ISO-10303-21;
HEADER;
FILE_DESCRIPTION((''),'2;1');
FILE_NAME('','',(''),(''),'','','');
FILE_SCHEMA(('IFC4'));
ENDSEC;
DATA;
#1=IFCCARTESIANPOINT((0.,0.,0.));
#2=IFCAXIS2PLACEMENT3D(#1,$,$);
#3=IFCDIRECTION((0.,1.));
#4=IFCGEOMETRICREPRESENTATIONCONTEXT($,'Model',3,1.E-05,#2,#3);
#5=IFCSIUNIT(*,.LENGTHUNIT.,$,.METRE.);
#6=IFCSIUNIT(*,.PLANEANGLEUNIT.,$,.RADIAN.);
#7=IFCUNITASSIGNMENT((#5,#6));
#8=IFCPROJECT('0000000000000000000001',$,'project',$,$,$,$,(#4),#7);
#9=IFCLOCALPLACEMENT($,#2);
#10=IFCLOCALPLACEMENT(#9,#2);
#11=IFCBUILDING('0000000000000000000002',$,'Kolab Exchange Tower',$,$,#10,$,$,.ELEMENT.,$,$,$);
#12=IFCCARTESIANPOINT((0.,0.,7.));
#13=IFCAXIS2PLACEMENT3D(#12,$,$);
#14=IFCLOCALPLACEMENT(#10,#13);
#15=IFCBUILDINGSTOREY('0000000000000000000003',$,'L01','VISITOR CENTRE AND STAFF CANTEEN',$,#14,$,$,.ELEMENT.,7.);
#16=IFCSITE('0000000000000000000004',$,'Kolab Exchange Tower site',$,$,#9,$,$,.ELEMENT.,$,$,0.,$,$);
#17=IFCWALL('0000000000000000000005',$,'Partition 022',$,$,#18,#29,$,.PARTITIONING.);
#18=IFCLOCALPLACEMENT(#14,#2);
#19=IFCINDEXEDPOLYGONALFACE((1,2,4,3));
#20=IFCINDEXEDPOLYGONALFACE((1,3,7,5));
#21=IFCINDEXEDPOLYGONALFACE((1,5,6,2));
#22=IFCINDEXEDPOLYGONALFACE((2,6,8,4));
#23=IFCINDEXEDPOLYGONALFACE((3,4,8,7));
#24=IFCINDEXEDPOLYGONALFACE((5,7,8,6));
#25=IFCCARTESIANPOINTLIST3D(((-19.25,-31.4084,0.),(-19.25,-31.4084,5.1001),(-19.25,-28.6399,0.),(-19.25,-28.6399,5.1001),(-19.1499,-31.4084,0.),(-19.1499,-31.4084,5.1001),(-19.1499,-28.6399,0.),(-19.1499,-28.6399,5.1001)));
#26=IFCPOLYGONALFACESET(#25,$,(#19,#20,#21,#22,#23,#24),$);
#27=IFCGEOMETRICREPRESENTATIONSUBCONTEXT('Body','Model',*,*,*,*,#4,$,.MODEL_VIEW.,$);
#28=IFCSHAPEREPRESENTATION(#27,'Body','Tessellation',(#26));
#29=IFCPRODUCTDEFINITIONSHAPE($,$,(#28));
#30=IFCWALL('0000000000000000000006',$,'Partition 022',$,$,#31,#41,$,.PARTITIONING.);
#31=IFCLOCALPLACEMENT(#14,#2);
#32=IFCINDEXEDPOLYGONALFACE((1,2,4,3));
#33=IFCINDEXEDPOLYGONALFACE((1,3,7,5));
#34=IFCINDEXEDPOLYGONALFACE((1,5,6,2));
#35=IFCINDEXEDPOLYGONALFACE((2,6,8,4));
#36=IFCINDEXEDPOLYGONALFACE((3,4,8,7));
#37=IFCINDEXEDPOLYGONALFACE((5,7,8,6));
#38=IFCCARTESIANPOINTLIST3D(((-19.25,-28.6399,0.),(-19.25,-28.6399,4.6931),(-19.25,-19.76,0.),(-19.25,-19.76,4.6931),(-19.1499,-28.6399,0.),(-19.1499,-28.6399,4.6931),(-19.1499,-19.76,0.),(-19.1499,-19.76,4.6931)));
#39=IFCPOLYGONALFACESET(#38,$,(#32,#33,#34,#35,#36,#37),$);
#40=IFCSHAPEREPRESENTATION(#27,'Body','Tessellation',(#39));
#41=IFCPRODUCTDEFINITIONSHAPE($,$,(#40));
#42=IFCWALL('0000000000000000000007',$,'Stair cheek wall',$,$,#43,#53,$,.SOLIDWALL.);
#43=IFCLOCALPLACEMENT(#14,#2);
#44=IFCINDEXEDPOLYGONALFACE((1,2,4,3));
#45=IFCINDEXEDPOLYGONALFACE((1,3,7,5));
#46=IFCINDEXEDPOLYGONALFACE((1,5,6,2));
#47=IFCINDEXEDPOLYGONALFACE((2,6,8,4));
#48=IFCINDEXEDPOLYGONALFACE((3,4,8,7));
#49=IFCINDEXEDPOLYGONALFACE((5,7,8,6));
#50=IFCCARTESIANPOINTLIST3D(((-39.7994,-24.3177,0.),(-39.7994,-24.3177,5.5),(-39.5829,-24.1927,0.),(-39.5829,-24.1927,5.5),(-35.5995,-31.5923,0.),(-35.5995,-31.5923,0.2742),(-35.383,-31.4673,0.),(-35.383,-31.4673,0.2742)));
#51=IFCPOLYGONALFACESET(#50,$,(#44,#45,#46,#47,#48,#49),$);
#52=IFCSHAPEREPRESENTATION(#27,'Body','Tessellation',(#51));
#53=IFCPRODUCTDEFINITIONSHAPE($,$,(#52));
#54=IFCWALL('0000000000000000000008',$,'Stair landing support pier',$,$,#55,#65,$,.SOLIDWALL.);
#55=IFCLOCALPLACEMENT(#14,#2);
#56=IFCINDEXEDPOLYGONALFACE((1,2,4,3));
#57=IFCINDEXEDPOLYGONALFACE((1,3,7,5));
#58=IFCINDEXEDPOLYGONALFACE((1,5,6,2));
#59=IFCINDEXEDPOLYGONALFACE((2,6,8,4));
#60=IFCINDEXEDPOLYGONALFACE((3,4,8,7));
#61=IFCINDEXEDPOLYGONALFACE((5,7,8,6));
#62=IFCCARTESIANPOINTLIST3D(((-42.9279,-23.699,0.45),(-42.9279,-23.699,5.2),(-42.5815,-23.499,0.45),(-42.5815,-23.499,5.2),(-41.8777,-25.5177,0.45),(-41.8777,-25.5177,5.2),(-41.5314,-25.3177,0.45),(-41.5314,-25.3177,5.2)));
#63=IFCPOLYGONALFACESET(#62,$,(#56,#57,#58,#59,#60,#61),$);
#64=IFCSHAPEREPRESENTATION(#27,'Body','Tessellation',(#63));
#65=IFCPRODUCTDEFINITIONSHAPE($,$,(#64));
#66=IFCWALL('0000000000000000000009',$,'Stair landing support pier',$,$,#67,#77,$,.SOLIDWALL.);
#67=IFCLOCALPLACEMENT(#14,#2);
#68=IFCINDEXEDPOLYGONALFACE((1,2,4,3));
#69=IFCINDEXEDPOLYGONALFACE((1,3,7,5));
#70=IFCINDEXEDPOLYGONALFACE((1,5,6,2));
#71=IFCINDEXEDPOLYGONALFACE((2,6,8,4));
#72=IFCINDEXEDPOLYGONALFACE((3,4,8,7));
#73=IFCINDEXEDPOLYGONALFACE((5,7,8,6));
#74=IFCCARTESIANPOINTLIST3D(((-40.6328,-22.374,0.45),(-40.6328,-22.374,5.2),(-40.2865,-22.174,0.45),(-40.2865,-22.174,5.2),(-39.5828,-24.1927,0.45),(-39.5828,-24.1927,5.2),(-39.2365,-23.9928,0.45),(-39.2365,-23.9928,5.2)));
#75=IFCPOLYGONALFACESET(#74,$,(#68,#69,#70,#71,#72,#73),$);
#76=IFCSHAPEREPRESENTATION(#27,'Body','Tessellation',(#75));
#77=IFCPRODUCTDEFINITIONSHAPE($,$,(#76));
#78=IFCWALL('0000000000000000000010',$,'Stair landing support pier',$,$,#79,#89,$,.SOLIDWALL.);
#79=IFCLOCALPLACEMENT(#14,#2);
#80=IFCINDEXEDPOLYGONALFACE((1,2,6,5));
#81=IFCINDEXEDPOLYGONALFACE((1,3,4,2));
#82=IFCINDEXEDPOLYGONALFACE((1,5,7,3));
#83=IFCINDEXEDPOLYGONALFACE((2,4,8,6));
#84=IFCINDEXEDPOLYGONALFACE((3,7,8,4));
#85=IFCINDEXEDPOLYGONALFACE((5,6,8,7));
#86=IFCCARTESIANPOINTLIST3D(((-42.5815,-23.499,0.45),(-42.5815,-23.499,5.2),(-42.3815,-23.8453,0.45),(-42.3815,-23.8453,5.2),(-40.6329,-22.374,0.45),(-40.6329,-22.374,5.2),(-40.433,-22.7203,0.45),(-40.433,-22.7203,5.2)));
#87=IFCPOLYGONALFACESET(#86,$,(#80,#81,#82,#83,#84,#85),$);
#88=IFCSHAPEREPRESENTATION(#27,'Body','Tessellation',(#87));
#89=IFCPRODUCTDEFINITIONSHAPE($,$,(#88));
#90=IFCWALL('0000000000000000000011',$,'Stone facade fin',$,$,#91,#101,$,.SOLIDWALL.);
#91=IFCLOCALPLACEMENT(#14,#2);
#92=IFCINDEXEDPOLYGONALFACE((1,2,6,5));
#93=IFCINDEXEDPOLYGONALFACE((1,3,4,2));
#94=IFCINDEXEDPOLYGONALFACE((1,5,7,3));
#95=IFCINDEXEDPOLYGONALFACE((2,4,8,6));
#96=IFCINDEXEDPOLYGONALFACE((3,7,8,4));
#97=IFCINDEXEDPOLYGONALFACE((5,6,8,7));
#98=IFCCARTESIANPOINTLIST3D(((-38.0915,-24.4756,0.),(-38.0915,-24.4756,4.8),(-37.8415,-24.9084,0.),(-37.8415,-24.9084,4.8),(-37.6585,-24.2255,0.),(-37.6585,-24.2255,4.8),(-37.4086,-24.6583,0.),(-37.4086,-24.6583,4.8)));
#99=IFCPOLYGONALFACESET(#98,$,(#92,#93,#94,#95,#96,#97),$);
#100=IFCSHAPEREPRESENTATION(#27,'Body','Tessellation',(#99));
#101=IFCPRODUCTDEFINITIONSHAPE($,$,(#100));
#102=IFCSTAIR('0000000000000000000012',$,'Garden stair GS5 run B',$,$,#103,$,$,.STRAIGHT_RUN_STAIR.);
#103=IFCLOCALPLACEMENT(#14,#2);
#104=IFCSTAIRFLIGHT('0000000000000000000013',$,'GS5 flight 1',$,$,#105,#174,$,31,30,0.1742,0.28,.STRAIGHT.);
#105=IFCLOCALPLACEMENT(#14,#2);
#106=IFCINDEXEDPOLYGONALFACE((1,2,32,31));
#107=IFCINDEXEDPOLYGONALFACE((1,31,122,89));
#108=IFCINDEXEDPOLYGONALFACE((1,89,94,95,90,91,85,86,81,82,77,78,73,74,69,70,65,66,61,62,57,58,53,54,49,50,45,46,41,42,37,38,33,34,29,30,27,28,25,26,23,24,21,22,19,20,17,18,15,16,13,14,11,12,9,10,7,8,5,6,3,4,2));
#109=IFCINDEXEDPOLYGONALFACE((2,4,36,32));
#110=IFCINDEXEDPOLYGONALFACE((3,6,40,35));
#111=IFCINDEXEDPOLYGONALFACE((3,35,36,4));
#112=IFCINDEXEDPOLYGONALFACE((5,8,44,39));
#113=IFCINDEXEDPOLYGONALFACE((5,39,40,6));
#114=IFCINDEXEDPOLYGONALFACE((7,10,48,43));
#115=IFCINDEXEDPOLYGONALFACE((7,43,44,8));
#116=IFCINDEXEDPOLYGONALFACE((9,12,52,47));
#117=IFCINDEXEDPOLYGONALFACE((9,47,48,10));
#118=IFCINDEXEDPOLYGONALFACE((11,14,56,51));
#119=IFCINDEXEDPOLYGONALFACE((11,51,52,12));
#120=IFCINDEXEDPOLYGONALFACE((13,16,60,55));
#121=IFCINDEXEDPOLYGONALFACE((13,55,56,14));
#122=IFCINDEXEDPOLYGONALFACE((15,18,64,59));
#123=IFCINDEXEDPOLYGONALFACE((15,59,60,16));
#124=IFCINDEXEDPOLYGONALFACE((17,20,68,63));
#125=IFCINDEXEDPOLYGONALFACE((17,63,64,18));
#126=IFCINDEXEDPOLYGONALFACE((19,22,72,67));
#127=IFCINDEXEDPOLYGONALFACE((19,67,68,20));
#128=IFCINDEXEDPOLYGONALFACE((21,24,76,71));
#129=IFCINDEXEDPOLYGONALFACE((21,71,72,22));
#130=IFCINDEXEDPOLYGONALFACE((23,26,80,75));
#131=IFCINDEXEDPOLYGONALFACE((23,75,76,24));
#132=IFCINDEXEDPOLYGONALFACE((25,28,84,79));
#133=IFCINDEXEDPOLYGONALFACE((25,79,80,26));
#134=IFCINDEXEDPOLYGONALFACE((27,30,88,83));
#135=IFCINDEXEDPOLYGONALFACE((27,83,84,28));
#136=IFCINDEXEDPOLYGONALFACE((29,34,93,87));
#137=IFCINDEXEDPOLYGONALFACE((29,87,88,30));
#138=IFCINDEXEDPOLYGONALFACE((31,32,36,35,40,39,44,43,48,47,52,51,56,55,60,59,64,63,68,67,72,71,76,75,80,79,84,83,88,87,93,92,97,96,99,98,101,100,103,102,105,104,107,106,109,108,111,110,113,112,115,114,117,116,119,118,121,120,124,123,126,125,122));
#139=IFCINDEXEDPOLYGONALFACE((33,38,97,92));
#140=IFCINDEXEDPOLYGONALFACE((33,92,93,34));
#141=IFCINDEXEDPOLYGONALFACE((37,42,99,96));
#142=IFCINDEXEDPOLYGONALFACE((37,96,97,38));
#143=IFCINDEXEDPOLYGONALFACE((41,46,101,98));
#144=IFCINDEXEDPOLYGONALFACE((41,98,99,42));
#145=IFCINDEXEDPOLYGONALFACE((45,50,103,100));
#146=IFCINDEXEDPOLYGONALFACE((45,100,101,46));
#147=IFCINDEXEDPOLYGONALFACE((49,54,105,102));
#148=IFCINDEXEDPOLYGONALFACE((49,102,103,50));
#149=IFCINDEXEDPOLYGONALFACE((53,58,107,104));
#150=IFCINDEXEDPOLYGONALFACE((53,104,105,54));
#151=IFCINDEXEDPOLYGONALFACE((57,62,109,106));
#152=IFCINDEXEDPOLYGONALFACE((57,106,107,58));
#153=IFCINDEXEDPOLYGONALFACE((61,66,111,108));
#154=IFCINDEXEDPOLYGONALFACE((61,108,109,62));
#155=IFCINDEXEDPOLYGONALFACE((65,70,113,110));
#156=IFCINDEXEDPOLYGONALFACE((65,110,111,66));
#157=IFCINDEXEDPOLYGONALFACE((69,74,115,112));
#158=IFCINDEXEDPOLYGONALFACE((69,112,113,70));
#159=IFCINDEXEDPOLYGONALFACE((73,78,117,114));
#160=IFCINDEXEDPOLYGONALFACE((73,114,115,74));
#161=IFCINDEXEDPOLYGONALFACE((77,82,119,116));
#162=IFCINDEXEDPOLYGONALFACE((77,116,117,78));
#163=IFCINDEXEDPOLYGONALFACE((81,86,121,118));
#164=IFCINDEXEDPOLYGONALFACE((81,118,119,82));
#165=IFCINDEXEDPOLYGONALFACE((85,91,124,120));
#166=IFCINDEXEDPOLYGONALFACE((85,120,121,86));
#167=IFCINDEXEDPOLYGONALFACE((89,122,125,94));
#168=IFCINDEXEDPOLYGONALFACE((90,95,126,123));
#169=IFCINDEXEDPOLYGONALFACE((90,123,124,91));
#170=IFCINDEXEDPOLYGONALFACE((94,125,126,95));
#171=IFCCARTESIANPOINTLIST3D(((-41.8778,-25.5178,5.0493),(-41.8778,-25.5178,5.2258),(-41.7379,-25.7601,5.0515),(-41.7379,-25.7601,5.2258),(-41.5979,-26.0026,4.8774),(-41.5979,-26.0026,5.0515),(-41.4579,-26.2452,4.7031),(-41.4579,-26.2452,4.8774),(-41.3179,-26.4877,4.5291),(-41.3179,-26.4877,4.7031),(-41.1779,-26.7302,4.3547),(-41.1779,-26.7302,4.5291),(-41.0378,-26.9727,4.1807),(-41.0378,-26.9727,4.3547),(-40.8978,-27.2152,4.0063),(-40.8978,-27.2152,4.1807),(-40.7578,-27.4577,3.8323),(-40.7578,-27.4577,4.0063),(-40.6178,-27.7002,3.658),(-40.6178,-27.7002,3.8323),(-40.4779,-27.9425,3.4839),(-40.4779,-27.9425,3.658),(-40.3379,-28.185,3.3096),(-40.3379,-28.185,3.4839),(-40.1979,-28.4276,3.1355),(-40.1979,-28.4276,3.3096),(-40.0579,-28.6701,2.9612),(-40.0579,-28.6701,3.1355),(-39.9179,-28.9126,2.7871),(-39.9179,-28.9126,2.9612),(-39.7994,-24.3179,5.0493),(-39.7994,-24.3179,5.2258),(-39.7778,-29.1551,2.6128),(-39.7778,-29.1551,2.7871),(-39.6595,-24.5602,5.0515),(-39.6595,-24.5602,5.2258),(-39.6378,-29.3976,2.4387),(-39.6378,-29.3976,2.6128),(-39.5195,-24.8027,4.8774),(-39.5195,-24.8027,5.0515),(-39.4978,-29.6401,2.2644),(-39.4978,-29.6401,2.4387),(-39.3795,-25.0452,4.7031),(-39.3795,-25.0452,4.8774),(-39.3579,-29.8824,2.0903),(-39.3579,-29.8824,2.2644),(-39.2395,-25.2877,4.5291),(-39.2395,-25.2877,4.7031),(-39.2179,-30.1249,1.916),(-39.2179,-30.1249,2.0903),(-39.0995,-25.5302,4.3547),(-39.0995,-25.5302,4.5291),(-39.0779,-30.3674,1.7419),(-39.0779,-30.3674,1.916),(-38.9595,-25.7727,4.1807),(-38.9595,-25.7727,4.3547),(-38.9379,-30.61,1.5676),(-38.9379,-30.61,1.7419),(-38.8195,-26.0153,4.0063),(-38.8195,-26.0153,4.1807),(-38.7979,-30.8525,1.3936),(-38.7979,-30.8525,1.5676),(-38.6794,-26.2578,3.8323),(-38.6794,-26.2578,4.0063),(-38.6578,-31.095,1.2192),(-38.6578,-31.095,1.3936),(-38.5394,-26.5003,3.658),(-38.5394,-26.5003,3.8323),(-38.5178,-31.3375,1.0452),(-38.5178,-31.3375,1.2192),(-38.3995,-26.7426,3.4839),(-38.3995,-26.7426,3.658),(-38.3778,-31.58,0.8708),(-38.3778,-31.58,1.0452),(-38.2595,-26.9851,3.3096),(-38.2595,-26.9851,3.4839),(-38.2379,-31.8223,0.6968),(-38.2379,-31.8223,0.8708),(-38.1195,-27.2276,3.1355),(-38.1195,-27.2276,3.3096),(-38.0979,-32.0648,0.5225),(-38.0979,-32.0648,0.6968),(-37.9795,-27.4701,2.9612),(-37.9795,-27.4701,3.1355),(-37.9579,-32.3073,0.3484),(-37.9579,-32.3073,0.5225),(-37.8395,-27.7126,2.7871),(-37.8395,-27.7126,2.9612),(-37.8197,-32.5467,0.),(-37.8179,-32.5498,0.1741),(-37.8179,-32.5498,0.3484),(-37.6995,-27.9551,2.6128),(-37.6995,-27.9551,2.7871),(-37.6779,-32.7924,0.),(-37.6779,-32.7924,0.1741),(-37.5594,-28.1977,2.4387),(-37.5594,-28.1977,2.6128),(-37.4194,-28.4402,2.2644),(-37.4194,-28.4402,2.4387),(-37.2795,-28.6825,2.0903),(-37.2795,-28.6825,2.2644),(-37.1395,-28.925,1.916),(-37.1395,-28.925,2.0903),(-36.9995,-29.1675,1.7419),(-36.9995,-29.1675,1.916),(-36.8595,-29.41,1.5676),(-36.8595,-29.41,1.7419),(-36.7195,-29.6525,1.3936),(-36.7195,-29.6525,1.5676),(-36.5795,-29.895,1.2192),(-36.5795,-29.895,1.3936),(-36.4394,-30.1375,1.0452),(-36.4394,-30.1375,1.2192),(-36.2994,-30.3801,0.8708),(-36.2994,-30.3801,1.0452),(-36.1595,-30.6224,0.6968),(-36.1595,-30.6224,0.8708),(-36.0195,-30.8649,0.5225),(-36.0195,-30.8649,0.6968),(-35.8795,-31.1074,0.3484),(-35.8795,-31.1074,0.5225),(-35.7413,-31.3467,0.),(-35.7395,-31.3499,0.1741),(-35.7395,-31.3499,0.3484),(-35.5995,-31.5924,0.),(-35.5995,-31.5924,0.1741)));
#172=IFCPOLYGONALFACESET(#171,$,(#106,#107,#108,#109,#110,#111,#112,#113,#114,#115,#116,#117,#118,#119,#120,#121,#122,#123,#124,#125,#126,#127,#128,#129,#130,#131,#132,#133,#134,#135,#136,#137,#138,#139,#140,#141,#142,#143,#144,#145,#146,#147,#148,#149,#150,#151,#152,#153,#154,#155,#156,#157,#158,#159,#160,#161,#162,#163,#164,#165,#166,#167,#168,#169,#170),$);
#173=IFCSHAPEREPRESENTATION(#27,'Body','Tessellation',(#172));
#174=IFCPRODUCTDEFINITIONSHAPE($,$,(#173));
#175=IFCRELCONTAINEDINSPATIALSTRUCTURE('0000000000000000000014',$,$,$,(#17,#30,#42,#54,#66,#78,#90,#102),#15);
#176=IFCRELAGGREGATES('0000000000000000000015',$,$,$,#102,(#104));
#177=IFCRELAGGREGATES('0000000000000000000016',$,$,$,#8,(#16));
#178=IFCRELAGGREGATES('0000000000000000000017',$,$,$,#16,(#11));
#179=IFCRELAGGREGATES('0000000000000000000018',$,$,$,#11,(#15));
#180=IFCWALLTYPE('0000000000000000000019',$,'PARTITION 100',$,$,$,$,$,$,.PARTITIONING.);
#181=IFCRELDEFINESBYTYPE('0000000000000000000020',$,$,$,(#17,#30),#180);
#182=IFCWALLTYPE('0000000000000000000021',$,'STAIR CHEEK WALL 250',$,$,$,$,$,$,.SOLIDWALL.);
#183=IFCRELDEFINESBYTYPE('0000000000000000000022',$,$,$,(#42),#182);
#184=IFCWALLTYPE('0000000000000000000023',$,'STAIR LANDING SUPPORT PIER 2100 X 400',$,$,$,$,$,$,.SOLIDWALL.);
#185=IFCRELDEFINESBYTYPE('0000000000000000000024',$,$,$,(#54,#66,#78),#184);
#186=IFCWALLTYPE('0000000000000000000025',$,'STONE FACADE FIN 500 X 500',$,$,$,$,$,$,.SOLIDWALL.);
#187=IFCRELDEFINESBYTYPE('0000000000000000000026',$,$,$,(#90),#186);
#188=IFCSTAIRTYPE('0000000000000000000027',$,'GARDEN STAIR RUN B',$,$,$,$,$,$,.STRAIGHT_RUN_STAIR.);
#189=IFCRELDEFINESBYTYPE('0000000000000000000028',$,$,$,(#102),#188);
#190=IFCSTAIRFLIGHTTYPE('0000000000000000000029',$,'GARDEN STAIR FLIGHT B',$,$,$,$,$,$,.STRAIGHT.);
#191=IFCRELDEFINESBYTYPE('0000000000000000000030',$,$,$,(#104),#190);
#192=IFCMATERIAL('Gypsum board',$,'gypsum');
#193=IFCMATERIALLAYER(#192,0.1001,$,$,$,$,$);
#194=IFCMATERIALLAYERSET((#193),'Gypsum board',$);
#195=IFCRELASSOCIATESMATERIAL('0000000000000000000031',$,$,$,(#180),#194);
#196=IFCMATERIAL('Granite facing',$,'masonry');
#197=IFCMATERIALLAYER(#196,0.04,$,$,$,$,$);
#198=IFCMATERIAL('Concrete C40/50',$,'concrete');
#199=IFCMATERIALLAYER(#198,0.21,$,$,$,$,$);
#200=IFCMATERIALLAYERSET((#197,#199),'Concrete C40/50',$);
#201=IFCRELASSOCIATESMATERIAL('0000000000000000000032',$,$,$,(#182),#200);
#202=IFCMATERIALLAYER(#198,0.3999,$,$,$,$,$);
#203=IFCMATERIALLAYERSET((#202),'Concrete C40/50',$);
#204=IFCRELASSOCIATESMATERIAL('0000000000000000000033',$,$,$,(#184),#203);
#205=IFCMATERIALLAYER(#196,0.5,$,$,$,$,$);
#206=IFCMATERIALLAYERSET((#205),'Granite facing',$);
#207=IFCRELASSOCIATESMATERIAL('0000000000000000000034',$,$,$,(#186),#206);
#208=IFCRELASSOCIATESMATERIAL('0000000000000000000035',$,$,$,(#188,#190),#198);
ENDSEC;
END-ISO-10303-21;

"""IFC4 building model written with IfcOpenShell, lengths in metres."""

from ifc_helpers import new_model, si_unit, direction, frame, frame_2d, origin, place, context, subcontext, project, spatial, polyline, rectangle, outline, extrude, material, layer, layer_set, type_object, element, aggregate, save


model = new_model("IFC4")

# Units and contexts
model_context = context("Model", 3, precision=1e-05, world=origin(), true_north=direction((0.0, 1.0)))
body_context = subcontext(model_context, "Body", "Model", "MODEL_VIEW")
ifc_project = project(units=[si_unit("LENGTHUNIT", "METRE"), si_unit("PLANEANGLEUNIT", "RADIAN")], contexts=[model_context])

# Site, building, storey
site_placement = place(None, origin())
site = spatial("IfcSite", under=ifc_project, at=site_placement, Name="Kolab Exchange Tower site", CompositionType="ELEMENT", RefElevation=0.0)
building_placement = place(site_placement, origin())
building = spatial("IfcBuilding", under=site, at=building_placement, Name="Kolab Exchange Tower", CompositionType="ELEMENT")
storey_placement = place(building_placement, frame((0.0, 0.0, 7.0)))
storey = spatial("IfcBuildingStorey", under=building, at=storey_placement, Name="L01", Description="VISITOR CENTRE AND STAFF CANTEEN", CompositionType="ELEMENT", Elevation=7.0)

# Walls
ifc_material_1 = material(Name="Gypsum board", Category="gypsum")
ifc_layer_1 = layer(ifc_material_1, 0.1001)
ifc_layer_set_1 = layer_set([ifc_layer_1], Name="Gypsum board")
wall_type_1 = type_object("IfcWallType", Name="PARTITION 100", PredefinedType="PARTITIONING", material=ifc_layer_set_1)
wall_1_placement = place(storey_placement, frame((-19.2, -31.4084, 0.0), z_axis=(0.0, 0.0, 1.0), x_axis=(0.0, 1.0, 0.0)))
element("IfcWall", 1, at=wall_1_placement, inside=storey, type_object=wall_type_1, Name="Partition 022", PredefinedType="PARTITIONING", context=body_context, shape_type="SweptSolid", body=[
    extrude(rectangle(XDim=2.7686, YDim=0.1001, at=frame_2d((1.3843, 0.0))), origin(), (0.0, 0.0, 1.0), 5.1001),
])
wall_2_placement = place(storey_placement, frame((-19.2, -28.6399, 0.0), z_axis=(0.0, 0.0, 1.0), x_axis=(0.0, 1.0, 0.0)))
element("IfcWall", 2, at=wall_2_placement, inside=storey, type_object=wall_type_1, Name="Partition 022", PredefinedType="PARTITIONING", context=body_context, shape_type="SweptSolid", body=[
    extrude(rectangle(XDim=8.8799, YDim=0.1001, at=frame_2d((4.4399, 0.0))), origin(), (0.0, 0.0, 1.0), 4.6931),
])
ifc_material_2 = material(Name="Granite facing", Category="masonry")
ifc_layer_2 = layer(ifc_material_2, 0.04)
ifc_material_3 = material(Name="Concrete C40/50", Category="concrete")
ifc_layer_3 = layer(ifc_material_3, 0.21)
ifc_layer_set_2 = layer_set([ifc_layer_2, ifc_layer_3], Name="Concrete C40/50")
wall_type_2 = type_object("IfcWallType", Name="STAIR CHEEK WALL 250", PredefinedType="SOLIDWALL", material=ifc_layer_set_2)
wall_3_placement = place(storey_placement, frame((-35.4912, -31.5298, 0.0), z_axis=(0.0, 0.0, 1.0), x_axis=(-0.499993, 0.866029, 0.0)))
element("IfcWall", 3, at=wall_3_placement, inside=storey, type_object=wall_type_2, Name="Stair cheek wall", PredefinedType="SOLIDWALL", context=body_context, shape_type="SweptSolid", body=[
    extrude(outline(polyline([(0.0, 0.0), (8.3999, 0.0), (8.3999, 5.5), (0.0, 0.2742), (0.0, 0.0)])), frame((0.0, 0.125, 0.0), z_axis=(0.0, -1.0, 0.0), x_axis=(1.0, 0.0, 0.0)), (0.0, 0.0, 1.0), 0.25),
])
ifc_layer_4 = layer(ifc_material_3, 0.3999)
ifc_layer_set_3 = layer_set([ifc_layer_4], Name="Concrete C40/50")
wall_type_3 = type_object("IfcWallType", Name="STAIR LANDING SUPPORT PIER 2100 X 400", PredefinedType="SOLIDWALL", material=ifc_layer_set_3)
for number, where, z_axis, x_axis, name in (
    (4, (-41.7046, -25.4177, 0.45), (0.0, 0.0, 1.0), (-0.500028, 0.866009, 0.0), "Stair landing support pier"),
    (5, (-39.4097, -24.0928, 0.45), (0.0, 0.0, 1.0), (-0.499977, 0.866038, 0.0), "Stair landing support pier"),
):
    element("IfcWall", number, at=place(storey_placement, frame(where, z_axis=z_axis, x_axis=x_axis)), inside=storey, type_object=wall_type_3, Name=name, PredefinedType="SOLIDWALL", context=body_context, shape_type="SweptSolid", body=[
        extrude(rectangle(XDim=2.1001, YDim=0.3999, at=frame_2d((1.05, 0.0))), origin(), (0.0, 0.0, 1.0), 4.75),
    ])
wall_4_placement = place(storey_placement, frame((-40.533, -22.5471, 0.45), z_axis=(0.0, 0.0, 1.0), x_axis=(-0.866018, -0.500014, 0.0)))
element("IfcWall", 6, at=wall_4_placement, inside=storey, type_object=wall_type_3, Name="Stair landing support pier", PredefinedType="SOLIDWALL", context=body_context, shape_type="SweptSolid", body=[
    extrude(rectangle(XDim=2.25, YDim=0.3999, at=frame_2d((1.125, 0.0))), origin(), (0.0, 0.0, 1.0), 4.75),
])
ifc_layer_5 = layer(ifc_material_2, 0.5)
ifc_layer_set_4 = layer_set([ifc_layer_5], Name="Granite facing")
wall_type_4 = type_object("IfcWallType", Name="STONE FACADE FIN 500 X 500", PredefinedType="SOLIDWALL", material=ifc_layer_set_4)
wall_5_placement = place(storey_placement, frame((-37.625, -24.7834, 0.0), z_axis=(0.0, 0.0, 1.0), x_axis=(-0.500131, 0.86595, 0.0)))
element("IfcWall", 7, at=wall_5_placement, inside=storey, type_object=wall_type_4, Name="Stone facade fin", PredefinedType="SOLIDWALL", context=body_context, shape_type="SweptSolid", body=[
    extrude(rectangle(XDim=0.4998, YDim=0.5, at=frame_2d((0.25, 0.0))), origin(), (0.0, 0.0, 1.0), 4.8),
])

# Stair, stair flight
stair_type = type_object("IfcStairType", Name="GARDEN STAIR RUN B", PredefinedType="STRAIGHT_RUN_STAIR", material=ifc_material_3)
stair_placement = place(storey_placement, origin())
stair = element("IfcStair", 8, at=stair_placement, inside=storey, type_object=stair_type, Name="Garden stair GS5 run B", PredefinedType="STRAIGHT_RUN_STAIR")
stair_flight_type = type_object("IfcStairFlightType", Name="GARDEN STAIR FLIGHT B", PredefinedType="STRAIGHT", material=ifc_material_3)
stair_flight_placement = place(storey_placement, frame((-36.6387, -32.1924, 0.0), z_axis=(0.0, 0.0, 1.0), x_axis=(-0.5, 0.866025, 0.0)))
stair_flight = element("IfcStairFlight", 9, at=stair_flight_placement, type_object=stair_flight_type, Name="GS5 flight 1", NumberOfRisers=31, NumberOfTreads=30, PredefinedType="STRAIGHT", RiserHeight=0.1742, TreadLength=0.28, context=body_context, shape_type="SweptSolid", body=[
    extrude(outline(polyline([(0.0, 0.0), (0.0, 0.1741), (0.28, 0.1741), (0.28, 0.3484), (0.5601, 0.3484), (0.5601, 0.5225), (0.8401, 0.5225), (0.8401, 0.6968), (1.1201, 0.6968), (1.1201, 0.8708), (1.3999, 0.8708), (1.3999, 1.0452), (1.6799, 1.0452), (1.6799, 1.2192), (1.96, 1.2192), (1.96, 1.3936), (2.24, 1.3936), (2.24, 1.5676), (2.52, 1.5676), (2.52, 1.7419), (2.8, 1.7419), (2.8, 1.916), (3.0801, 1.916), (3.0801, 2.0903), (3.3601, 2.0903), (3.3601, 2.2644), (3.6399, 2.2644), (3.6399, 2.4387), (3.9199, 2.4387), (3.9199, 2.6128), (4.2, 2.6128), (4.2, 2.7871), (4.48, 2.7871), (4.48, 2.9612), (4.76, 2.9612), (4.76, 3.1355), (5.04, 3.1355), (5.04, 3.3096), (5.3201, 3.3096), (5.3201, 3.4839), (5.6001, 3.4839), (5.6001, 3.658), (5.8799, 3.658), (5.8799, 3.8323), (6.1599, 3.8323), (6.1599, 4.0063), (6.4399, 4.0063), (6.4399, 4.1807), (6.72, 4.1807), (6.72, 4.3547), (7.0, 4.3547), (7.0, 4.5291), (7.28, 4.5291), (7.28, 4.7031), (7.5601, 4.7031), (7.5601, 4.8774), (7.8401, 4.8774), (7.8401, 5.0515), (8.1201, 5.0515), (8.1201, 5.2258), (8.3999, 5.2258), (8.3999, 5.3999), (8.3999, 5.0493), (0.2837, 0.0), (0.0, 0.0)])), frame((0.0, 1.2, 0.0), z_axis=(0.0, -1.0, 0.0), x_axis=(1.0, 0.0, 0.0)), (0.0, 0.0, 1.0), 2.3999),
])
aggregate(stair, [stair_flight])

save(model, "model.ifc")
